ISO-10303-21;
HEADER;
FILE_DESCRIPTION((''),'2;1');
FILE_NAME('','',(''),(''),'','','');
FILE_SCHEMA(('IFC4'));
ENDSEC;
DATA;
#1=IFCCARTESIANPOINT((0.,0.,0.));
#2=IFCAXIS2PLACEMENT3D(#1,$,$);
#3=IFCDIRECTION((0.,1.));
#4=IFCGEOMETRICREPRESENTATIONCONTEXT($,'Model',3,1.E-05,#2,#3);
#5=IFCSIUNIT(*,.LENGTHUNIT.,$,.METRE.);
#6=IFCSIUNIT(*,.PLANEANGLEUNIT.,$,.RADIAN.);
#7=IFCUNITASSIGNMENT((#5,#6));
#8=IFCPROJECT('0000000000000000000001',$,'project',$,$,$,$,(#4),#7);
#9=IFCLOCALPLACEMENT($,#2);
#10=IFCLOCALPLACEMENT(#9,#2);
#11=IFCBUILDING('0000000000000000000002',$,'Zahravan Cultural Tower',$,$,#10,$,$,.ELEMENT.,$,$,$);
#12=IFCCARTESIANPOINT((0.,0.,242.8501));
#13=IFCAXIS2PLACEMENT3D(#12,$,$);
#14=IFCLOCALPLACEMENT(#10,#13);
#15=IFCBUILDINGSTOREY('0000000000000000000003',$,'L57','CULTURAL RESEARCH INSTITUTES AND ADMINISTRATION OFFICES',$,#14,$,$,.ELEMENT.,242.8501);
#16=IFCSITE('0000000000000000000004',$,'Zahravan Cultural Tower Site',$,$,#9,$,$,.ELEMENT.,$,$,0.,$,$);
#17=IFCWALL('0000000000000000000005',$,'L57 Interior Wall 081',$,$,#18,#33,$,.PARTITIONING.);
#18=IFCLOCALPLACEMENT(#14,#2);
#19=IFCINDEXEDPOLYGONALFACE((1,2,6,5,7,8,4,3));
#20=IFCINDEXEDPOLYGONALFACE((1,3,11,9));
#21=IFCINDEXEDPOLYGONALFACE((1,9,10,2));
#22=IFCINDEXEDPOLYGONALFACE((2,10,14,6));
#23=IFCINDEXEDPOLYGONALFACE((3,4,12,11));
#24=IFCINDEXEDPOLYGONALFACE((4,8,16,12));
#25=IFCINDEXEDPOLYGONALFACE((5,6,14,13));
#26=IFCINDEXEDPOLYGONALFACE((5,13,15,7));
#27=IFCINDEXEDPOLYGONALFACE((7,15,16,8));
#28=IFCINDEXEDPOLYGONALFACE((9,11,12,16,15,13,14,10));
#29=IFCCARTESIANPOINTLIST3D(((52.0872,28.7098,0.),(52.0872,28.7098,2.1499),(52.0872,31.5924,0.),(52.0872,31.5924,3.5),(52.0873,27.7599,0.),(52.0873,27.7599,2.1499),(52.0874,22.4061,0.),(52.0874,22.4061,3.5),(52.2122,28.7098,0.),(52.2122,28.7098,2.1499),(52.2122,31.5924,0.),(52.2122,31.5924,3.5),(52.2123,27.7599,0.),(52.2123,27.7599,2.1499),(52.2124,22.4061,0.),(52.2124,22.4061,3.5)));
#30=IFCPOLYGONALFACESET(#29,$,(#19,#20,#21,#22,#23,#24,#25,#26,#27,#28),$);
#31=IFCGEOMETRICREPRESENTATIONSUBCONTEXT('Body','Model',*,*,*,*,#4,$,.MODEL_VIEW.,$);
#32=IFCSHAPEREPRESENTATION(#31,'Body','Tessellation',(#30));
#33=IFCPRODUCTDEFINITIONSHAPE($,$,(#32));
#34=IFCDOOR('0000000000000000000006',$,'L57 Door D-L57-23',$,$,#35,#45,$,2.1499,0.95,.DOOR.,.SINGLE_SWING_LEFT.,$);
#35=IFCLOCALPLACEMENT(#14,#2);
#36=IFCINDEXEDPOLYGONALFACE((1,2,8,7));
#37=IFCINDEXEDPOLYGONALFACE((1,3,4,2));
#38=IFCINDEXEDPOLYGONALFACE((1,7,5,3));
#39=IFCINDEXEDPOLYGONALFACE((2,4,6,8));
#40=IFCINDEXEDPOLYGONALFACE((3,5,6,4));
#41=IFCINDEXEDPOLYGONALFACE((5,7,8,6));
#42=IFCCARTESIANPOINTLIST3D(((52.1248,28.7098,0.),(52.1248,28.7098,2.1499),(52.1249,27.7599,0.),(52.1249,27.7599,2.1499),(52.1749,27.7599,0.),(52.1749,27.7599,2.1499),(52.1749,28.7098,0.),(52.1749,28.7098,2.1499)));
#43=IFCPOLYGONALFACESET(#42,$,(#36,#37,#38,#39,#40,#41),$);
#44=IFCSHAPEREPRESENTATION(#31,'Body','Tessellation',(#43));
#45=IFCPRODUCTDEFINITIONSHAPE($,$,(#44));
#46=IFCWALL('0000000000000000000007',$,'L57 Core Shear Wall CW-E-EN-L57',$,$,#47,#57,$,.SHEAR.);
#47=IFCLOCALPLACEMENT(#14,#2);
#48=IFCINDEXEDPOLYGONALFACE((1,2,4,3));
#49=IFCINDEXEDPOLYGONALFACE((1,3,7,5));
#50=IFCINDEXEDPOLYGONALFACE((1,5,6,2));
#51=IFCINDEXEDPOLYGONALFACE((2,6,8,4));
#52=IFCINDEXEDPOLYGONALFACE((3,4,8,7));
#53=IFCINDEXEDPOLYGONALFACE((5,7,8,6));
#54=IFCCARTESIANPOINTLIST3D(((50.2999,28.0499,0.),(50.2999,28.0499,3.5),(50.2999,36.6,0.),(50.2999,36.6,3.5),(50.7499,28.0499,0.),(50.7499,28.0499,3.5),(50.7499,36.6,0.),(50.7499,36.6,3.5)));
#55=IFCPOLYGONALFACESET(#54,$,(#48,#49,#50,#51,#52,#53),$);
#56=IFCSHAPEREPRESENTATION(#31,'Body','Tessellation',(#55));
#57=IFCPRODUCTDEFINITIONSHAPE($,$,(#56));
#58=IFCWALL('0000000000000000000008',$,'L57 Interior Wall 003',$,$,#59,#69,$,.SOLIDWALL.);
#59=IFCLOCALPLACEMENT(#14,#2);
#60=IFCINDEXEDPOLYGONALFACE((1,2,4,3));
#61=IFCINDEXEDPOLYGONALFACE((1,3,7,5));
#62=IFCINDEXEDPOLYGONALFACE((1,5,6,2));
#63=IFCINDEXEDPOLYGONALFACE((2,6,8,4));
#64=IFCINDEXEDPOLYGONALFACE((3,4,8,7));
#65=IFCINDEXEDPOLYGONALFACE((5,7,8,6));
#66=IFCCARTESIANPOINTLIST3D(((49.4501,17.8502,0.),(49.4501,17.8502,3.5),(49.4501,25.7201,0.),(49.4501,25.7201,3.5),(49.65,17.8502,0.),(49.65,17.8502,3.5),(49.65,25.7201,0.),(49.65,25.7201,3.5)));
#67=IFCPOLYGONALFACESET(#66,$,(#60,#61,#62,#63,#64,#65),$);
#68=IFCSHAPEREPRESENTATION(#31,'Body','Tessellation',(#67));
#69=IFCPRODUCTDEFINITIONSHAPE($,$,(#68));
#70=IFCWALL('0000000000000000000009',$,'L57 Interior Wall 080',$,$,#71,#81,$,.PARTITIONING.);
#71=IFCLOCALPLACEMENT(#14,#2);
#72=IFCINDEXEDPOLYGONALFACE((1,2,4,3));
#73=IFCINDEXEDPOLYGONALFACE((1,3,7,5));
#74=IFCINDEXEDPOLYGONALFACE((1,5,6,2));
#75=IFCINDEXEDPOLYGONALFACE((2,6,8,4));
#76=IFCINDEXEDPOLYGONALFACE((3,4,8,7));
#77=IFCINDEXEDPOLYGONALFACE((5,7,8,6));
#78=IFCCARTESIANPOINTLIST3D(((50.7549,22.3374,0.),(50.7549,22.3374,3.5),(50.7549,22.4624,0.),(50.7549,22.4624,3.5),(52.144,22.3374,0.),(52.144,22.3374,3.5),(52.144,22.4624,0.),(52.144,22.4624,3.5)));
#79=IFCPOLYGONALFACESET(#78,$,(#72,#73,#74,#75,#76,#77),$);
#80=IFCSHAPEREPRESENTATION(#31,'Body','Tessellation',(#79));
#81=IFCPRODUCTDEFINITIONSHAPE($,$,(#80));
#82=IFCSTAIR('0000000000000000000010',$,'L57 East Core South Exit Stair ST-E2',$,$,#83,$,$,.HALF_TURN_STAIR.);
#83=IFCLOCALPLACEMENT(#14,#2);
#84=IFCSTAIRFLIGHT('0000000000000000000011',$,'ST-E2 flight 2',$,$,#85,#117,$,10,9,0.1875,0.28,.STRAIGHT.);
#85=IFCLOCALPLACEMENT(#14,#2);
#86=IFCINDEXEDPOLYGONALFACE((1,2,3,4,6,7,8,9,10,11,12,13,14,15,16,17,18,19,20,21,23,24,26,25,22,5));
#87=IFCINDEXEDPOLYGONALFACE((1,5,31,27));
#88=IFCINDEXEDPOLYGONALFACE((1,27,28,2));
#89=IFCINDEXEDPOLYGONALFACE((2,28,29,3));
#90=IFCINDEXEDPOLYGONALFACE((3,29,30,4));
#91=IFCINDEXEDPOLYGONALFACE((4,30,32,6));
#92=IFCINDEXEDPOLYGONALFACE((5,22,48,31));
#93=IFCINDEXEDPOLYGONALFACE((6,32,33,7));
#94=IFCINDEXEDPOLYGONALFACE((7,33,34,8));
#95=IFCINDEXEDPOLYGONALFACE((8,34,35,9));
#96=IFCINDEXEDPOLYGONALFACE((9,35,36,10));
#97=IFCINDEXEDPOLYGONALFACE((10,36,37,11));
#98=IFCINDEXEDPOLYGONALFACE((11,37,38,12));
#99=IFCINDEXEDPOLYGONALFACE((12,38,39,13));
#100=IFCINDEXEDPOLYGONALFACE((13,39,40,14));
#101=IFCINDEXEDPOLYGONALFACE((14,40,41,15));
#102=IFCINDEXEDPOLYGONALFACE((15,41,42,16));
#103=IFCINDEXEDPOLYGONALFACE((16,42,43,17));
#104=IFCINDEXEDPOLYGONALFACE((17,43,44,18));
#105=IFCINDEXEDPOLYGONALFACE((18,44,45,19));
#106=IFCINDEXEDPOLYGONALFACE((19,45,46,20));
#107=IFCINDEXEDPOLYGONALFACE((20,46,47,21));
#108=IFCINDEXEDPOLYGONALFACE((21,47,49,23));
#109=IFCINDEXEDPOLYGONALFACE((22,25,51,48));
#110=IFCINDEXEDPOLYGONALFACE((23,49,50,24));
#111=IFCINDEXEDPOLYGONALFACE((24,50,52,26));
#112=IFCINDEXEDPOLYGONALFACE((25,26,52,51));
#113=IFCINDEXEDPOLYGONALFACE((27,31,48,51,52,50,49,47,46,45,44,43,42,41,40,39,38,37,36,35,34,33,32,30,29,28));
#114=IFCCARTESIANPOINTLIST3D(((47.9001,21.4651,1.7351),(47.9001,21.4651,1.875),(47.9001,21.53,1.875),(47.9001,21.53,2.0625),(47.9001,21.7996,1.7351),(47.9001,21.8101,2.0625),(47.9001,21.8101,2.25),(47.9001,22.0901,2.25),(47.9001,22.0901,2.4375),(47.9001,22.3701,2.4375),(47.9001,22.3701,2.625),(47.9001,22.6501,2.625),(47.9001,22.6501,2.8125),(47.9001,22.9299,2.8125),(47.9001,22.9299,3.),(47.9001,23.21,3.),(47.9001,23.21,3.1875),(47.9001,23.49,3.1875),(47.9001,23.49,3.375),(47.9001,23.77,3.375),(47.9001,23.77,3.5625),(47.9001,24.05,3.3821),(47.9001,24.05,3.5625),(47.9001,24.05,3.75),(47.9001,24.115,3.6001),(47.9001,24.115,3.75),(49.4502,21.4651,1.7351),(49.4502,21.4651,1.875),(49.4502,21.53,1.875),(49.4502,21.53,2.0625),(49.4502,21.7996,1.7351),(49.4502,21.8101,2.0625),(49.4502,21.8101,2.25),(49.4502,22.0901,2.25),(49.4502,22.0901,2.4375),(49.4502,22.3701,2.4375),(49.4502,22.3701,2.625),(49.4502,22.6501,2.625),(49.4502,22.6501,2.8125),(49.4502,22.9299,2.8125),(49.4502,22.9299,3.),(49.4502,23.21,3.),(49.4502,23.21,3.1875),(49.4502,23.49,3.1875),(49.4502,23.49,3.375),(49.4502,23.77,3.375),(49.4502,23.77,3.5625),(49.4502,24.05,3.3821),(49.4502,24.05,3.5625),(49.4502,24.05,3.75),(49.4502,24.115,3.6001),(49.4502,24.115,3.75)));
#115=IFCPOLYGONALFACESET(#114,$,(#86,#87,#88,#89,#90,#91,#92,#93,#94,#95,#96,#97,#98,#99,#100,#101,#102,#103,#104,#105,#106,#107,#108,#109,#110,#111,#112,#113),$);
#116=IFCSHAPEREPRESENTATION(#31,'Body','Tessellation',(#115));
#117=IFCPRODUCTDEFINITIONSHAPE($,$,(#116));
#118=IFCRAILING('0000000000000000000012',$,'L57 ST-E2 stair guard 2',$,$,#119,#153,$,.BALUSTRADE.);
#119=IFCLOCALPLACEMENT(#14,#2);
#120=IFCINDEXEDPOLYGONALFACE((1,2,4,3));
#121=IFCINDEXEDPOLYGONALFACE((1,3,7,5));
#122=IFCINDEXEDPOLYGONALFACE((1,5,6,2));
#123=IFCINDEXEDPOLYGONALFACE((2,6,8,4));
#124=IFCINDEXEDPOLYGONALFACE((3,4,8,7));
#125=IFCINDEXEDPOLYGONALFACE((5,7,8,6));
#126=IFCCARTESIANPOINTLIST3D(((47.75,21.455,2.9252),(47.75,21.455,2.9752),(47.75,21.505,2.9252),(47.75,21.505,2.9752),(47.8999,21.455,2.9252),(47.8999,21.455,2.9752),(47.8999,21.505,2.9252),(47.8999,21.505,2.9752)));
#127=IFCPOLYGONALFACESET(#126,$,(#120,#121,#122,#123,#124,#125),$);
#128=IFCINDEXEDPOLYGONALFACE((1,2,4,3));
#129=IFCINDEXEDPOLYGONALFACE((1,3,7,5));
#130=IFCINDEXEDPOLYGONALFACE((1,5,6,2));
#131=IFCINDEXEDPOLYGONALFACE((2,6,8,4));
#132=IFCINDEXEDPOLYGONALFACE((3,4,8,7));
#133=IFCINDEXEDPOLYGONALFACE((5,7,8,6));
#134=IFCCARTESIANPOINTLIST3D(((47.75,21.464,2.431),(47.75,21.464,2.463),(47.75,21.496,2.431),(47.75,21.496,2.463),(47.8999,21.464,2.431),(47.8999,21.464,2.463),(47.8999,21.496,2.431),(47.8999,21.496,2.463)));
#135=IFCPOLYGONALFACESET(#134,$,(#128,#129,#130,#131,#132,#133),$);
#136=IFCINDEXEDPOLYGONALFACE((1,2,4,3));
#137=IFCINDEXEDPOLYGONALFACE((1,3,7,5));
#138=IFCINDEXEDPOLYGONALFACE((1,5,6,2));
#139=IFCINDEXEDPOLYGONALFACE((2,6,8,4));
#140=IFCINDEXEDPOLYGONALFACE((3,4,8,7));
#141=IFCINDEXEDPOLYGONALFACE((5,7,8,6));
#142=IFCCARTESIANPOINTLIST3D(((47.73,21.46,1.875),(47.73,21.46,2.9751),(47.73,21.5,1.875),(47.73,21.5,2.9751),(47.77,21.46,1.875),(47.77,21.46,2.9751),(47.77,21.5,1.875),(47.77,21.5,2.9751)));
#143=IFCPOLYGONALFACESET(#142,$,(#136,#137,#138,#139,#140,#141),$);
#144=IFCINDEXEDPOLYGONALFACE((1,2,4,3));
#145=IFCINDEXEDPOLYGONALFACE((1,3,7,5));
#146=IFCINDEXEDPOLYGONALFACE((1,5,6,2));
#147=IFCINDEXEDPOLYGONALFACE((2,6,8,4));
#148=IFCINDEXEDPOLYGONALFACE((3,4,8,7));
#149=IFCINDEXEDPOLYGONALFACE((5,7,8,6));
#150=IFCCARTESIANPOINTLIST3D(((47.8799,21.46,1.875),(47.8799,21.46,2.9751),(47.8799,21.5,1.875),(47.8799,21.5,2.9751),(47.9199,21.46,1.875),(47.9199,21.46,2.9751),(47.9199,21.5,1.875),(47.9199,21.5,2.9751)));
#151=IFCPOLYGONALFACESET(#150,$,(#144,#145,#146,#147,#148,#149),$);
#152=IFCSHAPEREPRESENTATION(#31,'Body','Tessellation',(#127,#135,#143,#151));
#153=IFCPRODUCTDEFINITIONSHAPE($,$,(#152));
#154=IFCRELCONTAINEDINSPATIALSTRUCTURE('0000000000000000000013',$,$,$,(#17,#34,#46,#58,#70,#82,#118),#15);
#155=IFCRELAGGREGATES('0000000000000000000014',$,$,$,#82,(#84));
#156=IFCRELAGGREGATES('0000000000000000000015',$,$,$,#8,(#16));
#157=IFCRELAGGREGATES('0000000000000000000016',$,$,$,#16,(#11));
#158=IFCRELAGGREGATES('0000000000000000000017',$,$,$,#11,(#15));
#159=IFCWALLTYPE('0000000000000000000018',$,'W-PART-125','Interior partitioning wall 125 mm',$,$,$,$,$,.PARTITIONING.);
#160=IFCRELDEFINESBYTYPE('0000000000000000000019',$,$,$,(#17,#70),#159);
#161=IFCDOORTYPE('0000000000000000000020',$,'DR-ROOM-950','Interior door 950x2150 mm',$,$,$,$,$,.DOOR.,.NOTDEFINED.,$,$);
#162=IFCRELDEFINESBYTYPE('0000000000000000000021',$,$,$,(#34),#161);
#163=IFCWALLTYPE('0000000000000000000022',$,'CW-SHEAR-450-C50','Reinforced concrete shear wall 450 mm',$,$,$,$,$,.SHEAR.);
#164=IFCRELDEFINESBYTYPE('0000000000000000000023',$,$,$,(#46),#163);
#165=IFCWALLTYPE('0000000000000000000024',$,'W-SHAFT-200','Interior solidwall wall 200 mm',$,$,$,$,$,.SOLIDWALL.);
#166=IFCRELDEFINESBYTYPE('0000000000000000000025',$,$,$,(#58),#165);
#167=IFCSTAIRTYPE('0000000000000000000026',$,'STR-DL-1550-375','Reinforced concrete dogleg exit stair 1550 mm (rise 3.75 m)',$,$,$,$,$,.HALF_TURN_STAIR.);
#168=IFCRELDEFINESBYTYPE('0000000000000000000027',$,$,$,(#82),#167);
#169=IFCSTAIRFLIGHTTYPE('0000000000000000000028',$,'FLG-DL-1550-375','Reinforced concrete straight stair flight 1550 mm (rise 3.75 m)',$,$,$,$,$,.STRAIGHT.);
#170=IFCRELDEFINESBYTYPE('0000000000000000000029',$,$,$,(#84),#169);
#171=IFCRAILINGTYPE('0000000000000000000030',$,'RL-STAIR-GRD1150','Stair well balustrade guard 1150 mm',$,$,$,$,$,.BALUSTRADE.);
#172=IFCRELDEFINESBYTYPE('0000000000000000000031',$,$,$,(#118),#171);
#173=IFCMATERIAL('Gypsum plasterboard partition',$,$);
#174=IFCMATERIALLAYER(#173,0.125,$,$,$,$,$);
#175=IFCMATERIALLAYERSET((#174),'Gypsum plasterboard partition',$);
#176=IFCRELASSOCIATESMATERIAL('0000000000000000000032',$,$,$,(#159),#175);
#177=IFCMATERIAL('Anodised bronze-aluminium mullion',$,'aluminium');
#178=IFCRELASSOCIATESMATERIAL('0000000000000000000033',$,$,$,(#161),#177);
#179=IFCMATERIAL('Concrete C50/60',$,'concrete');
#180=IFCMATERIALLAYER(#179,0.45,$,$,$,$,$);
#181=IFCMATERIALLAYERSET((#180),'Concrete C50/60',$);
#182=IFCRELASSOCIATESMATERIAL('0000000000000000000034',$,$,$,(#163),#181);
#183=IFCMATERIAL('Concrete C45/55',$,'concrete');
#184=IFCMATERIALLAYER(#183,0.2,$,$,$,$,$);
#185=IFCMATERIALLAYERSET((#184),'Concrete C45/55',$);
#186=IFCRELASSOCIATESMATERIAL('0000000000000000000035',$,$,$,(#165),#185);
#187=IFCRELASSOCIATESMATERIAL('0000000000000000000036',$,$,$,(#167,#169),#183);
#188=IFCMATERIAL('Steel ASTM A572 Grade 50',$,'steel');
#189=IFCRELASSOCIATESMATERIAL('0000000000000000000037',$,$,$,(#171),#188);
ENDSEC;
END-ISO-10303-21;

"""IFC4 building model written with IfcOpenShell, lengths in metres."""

from ifc_helpers import new_model, si_unit, direction, frame, frame_2d, origin, origin_2d, place, context, subcontext, project, spatial, polyline, rectangle, outline, extrude, source, transform, mapped, material, layer, layer_set, type_object, element, fill, aggregate, save


model = new_model("IFC4")

# Units and contexts
model_context = context("Model", 3, precision=1e-05, world=origin(), true_north=direction((0.0, 1.0)))
body_context = subcontext(model_context, "Body", "Model", "MODEL_VIEW")
ifc_project = project(units=[si_unit("LENGTHUNIT", "METRE"), si_unit("PLANEANGLEUNIT", "RADIAN")], contexts=[model_context])

# Site, building, storey
site_placement = place(None, origin())
site = spatial("IfcSite", under=ifc_project, at=site_placement, Name="Zahravan Cultural Tower Site", CompositionType="ELEMENT", RefElevation=0.0)
building_placement = place(site_placement, origin())
building = spatial("IfcBuilding", under=site, at=building_placement, Name="Zahravan Cultural Tower", CompositionType="ELEMENT")
storey_placement = place(building_placement, frame((0.0, 0.0, 242.8501)))
storey = spatial("IfcBuildingStorey", under=building, at=storey_placement, Name="L57", Description="CULTURAL RESEARCH INSTITUTES AND ADMINISTRATION OFFICES", CompositionType="ELEMENT", Elevation=242.8501)

# Shared definitions
ifc_material_1 = material(Name="Concrete C50/60", Category="concrete")

# Wall, opening, door
ifc_material_2 = material(Name="Gypsum plasterboard partition")
ifc_layer_1 = layer(ifc_material_2, 0.125)
ifc_layer_set_1 = layer_set([ifc_layer_1], Name="Gypsum plasterboard partition")
wall_type_1 = type_object("IfcWallType", Name="W-PART-125", Description="Interior partitioning wall 125 mm", PredefinedType="PARTITIONING", material=ifc_layer_set_1)
wall_1_placement = place(storey_placement, frame((52.1499, 22.406, 0.0), z_axis=(0.0, 0.0, 1.0), x_axis=(-0.000027, 1.0, 0.0)))
wall_1 = element("IfcWall", 1, at=wall_1_placement, inside=storey, type_object=wall_type_1, Name="L57 Interior Wall 081", PredefinedType="PARTITIONING", context=body_context, shape_type="SweptSolid", body=[
    extrude(rectangle(XDim=9.1863, YDim=0.125, at=frame_2d((4.5933, 0.0))), origin(), (0.0, 0.0, 1.0), 3.5),
])
opening_1_placement = place(wall_1_placement, frame((5.3538, 0.0, 0.0)))
opening_1 = element("IfcOpeningElement", 2, at=opening_1_placement, cuts=wall_1, PredefinedType="OPENING", context=body_context, shape_type="SweptSolid", body=[
    extrude(rectangle(XDim=0.95, YDim=2.1499, at=frame_2d((0.4751, 1.075))), frame((0.0, 0.0725, 0.0), z_axis=(0.0, -1.0, 0.0), x_axis=(1.0, 0.0, 0.0)), (0.0, 0.0, 1.0), 0.145),
])
ifc_material_3 = material(Name="Anodised bronze-aluminium mullion", Category="aluminium")
door_type = type_object("IfcDoorType", Name="DR-ROOM-950", Description="Interior door 950x2150 mm", OperationType="NOTDEFINED", PredefinedType="DOOR", material=ifc_material_3)
shared_shape_1 = source(origin(), body_context, "Body", "SweptSolid", [
    extrude(rectangle(XDim=0.95, YDim=2.1499, at=frame_2d((0.4751, 1.075))), frame((0.0, 0.0249, 0.0), z_axis=(0.0, -1.0, 0.0), x_axis=(1.0, 0.0, 0.0)), (0.0, 0.0, 1.0), 0.05),
])
door_1_placement = place(opening_1_placement, origin())
door_1 = element("IfcDoor", 3, at=door_1_placement, inside=storey, type_object=door_type, Name="L57 Door D-L57-23", OperationType="SINGLE_SWING_LEFT", OverallHeight=2.1499, OverallWidth=0.95, PredefinedType="DOOR", context=body_context, shape_type="MappedRepresentation", body=[
    mapped(shared_shape_1, transform((0.0, 0.0, 0.0), x_axis=(1.0, 0.0, 0.0), y_axis=(0.0, 1.0, 0.0), z_axis=(0.0, 0.0, 1.0), scale=1.0)),
])
fill(opening_1, door_1)

# Walls
ifc_layer_2 = layer(ifc_material_1, 0.45)
ifc_layer_set_2 = layer_set([ifc_layer_2], Name="Concrete C50/60")
wall_type_2 = type_object("IfcWallType", Name="CW-SHEAR-450-C50", Description="Reinforced concrete shear wall 450 mm", PredefinedType="SHEAR", material=ifc_layer_set_2)
shared_shape_2 = source(origin(), body_context, "Body", "SweptSolid", [
    extrude(rectangle(XDim=8.55, YDim=0.45, at=frame_2d((4.2749, 0.0))), origin(), (0.0, 0.0, 1.0), 3.5),
])
wall_2_placement = place(storey_placement, frame((50.5249, 28.05, 0.0), z_axis=(0.0, 0.0, 1.0), x_axis=(0.0, 1.0, 0.0)))
element("IfcWall", 4, at=wall_2_placement, inside=storey, type_object=wall_type_2, Name="L57 Core Shear Wall CW-E-EN-L57", PredefinedType="SHEAR", context=body_context, shape_type="MappedRepresentation", body=[
    mapped(shared_shape_2, transform((0.0, 0.0, 0.0), x_axis=(1.0, 0.0, 0.0), y_axis=(0.0, 1.0, 0.0), z_axis=(0.0, 0.0, 1.0), scale=1.0)),
])
ifc_material_4 = material(Name="Concrete C45/55", Category="concrete")
ifc_layer_3 = layer(ifc_material_4, 0.2)
ifc_layer_set_3 = layer_set([ifc_layer_3], Name="Concrete C45/55")
wall_type_3 = type_object("IfcWallType", Name="W-SHAFT-200", Description="Interior solidwall wall 200 mm", PredefinedType="SOLIDWALL", material=ifc_layer_set_3)
shared_shape_3 = source(origin(), body_context, "Body", "SweptSolid", [
    extrude(rectangle(XDim=7.8699, YDim=0.2, at=frame_2d((3.9351, 0.0))), origin(), (0.0, 0.0, 1.0), 3.5),
])
wall_3_placement = place(storey_placement, frame((49.55, 17.8501, 0.0), z_axis=(0.0, 0.0, 1.0), x_axis=(0.0, 1.0, 0.0)))
element("IfcWall", 5, at=wall_3_placement, inside=storey, type_object=wall_type_3, Name="L57 Interior Wall 003", PredefinedType="SOLIDWALL", context=body_context, shape_type="MappedRepresentation", body=[
    mapped(shared_shape_3, transform((0.0, 0.0, 0.0), x_axis=(1.0, 0.0, 0.0), y_axis=(0.0, 1.0, 0.0), z_axis=(0.0, 0.0, 1.0), scale=1.0)),
])
shared_shape_4 = source(origin(), body_context, "Body", "SweptSolid", [
    extrude(rectangle(XDim=1.3892, YDim=0.125, at=frame_2d((0.6946, 0.0))), origin(), (0.0, 0.0, 1.0), 3.5),
])
wall_4_placement = place(storey_placement, frame((50.7549, 22.3999, 0.0), z_axis=(0.0, 0.0, 1.0), x_axis=(1.0, 0.0, 0.0)))
element("IfcWall", 6, at=wall_4_placement, inside=storey, type_object=wall_type_1, Name="L57 Interior Wall 080", PredefinedType="PARTITIONING", context=body_context, shape_type="MappedRepresentation", body=[
    mapped(shared_shape_4, transform((0.0, 0.0, 0.0), x_axis=(1.0, 0.0, 0.0), y_axis=(0.0, 1.0, 0.0), z_axis=(0.0, 0.0, 1.0), scale=1.0)),
])

# Stair, stair flight
stair_type = type_object("IfcStairType", Name="STR-DL-1550-375", Description="Reinforced concrete dogleg exit stair 1550 mm (rise 3.75 m)", PredefinedType="HALF_TURN_STAIR", material=ifc_material_4)
stair_placement = place(storey_placement, origin())
stair = element("IfcStair", 7, at=stair_placement, inside=storey, type_object=stair_type, Name="L57 East Core South Exit Stair ST-E2", PredefinedType="HALF_TURN_STAIR")
stair_flight_type = type_object("IfcStairFlightType", Name="FLG-DL-1550-375", Description="Reinforced concrete straight stair flight 1550 mm (rise 3.75 m)", PredefinedType="STRAIGHT", material=ifc_material_4)
stair_flight_placement = place(storey_placement, frame((48.675, 21.53, 1.875), z_axis=(0.0, 0.0, 1.0), x_axis=(0.0, 1.0, 0.0)))
stair_flight = element("IfcStairFlight", 8, at=stair_flight_placement, type_object=stair_flight_type, Name="ST-E2 flight 2", NumberOfRisers=10, NumberOfTreads=9, PredefinedType="STRAIGHT", RiserHeight=0.1875, TreadLength=0.28, context=body_context, shape_type="SweptSolid", body=[
    extrude(outline(polyline([(-0.0649, -0.1399), (-0.0649, 0.0), (0.0, 0.0), (0.0, 0.1875), (0.28, 0.1875), (0.28, 0.375), (0.5601, 0.375), (0.5601, 0.5625), (0.8401, 0.5625), (0.8401, 0.75), (1.1201, 0.75), (1.1201, 0.9375), (1.3999, 0.9375), (1.3999, 1.125), (1.6799, 1.125), (1.6799, 1.3125), (1.96, 1.3125), (1.96, 1.5), (2.24, 1.5), (2.24, 1.6875), (2.52, 1.6875), (2.52, 1.875), (2.585, 1.875), (2.585, 1.7251), (2.52, 1.5071), (0.2695, -0.1399), (-0.0649, -0.1399)])), frame((0.0, 0.7749, 0.0), z_axis=(0.0, -1.0, 0.0), x_axis=(1.0, 0.0, 0.0)), (0.0, 0.0, 1.0), 1.55),
])
aggregate(stair, [stair_flight])

# Railing
ifc_material_5 = material(Name="Steel ASTM A572 Grade 50", Category="steel")
railing_type_1 = type_object("IfcRailingType", Name="RL-STAIR-GRD1150", Description="Stair well balustrade guard 1150 mm", PredefinedType="BALUSTRADE", material=ifc_material_5)
railing_1_placement = place(storey_placement, frame((47.75, 21.48, 1.875)))
element("IfcRailing", 9, at=railing_1_placement, inside=storey, type_object=railing_type_1, Name="L57 ST-E2 stair guard 2", PredefinedType="BALUSTRADE", context=body_context, shape_type="SweptSolid", body=[
    extrude(rectangle(XDim=0.05, YDim=0.05, at=origin_2d()), frame((0.0, 0.0, 1.0752), z_axis=(1.0, 0.0, 0.0), x_axis=(0.0, 1.0, 0.0)), (0.0, 0.0, 1.0), 0.1499),
    extrude(rectangle(XDim=0.032, YDim=0.032, at=origin_2d()), frame((0.0, 0.0, 0.572), z_axis=(1.0, 0.0, 0.0), x_axis=(0.0, 1.0, 0.0)), (0.0, 0.0, 1.0), 0.1499),
    extrude(rectangle(XDim=0.04, YDim=0.04, at=origin_2d()), origin(), (0.0, 0.0, 1.0), 1.1001),
    extrude(rectangle(XDim=0.04, YDim=0.04, at=origin_2d()), frame((0.1499, 0.0, 0.0)), (0.0, 0.0, 1.0), 1.1001),
])

save(model, "model.ifc")
